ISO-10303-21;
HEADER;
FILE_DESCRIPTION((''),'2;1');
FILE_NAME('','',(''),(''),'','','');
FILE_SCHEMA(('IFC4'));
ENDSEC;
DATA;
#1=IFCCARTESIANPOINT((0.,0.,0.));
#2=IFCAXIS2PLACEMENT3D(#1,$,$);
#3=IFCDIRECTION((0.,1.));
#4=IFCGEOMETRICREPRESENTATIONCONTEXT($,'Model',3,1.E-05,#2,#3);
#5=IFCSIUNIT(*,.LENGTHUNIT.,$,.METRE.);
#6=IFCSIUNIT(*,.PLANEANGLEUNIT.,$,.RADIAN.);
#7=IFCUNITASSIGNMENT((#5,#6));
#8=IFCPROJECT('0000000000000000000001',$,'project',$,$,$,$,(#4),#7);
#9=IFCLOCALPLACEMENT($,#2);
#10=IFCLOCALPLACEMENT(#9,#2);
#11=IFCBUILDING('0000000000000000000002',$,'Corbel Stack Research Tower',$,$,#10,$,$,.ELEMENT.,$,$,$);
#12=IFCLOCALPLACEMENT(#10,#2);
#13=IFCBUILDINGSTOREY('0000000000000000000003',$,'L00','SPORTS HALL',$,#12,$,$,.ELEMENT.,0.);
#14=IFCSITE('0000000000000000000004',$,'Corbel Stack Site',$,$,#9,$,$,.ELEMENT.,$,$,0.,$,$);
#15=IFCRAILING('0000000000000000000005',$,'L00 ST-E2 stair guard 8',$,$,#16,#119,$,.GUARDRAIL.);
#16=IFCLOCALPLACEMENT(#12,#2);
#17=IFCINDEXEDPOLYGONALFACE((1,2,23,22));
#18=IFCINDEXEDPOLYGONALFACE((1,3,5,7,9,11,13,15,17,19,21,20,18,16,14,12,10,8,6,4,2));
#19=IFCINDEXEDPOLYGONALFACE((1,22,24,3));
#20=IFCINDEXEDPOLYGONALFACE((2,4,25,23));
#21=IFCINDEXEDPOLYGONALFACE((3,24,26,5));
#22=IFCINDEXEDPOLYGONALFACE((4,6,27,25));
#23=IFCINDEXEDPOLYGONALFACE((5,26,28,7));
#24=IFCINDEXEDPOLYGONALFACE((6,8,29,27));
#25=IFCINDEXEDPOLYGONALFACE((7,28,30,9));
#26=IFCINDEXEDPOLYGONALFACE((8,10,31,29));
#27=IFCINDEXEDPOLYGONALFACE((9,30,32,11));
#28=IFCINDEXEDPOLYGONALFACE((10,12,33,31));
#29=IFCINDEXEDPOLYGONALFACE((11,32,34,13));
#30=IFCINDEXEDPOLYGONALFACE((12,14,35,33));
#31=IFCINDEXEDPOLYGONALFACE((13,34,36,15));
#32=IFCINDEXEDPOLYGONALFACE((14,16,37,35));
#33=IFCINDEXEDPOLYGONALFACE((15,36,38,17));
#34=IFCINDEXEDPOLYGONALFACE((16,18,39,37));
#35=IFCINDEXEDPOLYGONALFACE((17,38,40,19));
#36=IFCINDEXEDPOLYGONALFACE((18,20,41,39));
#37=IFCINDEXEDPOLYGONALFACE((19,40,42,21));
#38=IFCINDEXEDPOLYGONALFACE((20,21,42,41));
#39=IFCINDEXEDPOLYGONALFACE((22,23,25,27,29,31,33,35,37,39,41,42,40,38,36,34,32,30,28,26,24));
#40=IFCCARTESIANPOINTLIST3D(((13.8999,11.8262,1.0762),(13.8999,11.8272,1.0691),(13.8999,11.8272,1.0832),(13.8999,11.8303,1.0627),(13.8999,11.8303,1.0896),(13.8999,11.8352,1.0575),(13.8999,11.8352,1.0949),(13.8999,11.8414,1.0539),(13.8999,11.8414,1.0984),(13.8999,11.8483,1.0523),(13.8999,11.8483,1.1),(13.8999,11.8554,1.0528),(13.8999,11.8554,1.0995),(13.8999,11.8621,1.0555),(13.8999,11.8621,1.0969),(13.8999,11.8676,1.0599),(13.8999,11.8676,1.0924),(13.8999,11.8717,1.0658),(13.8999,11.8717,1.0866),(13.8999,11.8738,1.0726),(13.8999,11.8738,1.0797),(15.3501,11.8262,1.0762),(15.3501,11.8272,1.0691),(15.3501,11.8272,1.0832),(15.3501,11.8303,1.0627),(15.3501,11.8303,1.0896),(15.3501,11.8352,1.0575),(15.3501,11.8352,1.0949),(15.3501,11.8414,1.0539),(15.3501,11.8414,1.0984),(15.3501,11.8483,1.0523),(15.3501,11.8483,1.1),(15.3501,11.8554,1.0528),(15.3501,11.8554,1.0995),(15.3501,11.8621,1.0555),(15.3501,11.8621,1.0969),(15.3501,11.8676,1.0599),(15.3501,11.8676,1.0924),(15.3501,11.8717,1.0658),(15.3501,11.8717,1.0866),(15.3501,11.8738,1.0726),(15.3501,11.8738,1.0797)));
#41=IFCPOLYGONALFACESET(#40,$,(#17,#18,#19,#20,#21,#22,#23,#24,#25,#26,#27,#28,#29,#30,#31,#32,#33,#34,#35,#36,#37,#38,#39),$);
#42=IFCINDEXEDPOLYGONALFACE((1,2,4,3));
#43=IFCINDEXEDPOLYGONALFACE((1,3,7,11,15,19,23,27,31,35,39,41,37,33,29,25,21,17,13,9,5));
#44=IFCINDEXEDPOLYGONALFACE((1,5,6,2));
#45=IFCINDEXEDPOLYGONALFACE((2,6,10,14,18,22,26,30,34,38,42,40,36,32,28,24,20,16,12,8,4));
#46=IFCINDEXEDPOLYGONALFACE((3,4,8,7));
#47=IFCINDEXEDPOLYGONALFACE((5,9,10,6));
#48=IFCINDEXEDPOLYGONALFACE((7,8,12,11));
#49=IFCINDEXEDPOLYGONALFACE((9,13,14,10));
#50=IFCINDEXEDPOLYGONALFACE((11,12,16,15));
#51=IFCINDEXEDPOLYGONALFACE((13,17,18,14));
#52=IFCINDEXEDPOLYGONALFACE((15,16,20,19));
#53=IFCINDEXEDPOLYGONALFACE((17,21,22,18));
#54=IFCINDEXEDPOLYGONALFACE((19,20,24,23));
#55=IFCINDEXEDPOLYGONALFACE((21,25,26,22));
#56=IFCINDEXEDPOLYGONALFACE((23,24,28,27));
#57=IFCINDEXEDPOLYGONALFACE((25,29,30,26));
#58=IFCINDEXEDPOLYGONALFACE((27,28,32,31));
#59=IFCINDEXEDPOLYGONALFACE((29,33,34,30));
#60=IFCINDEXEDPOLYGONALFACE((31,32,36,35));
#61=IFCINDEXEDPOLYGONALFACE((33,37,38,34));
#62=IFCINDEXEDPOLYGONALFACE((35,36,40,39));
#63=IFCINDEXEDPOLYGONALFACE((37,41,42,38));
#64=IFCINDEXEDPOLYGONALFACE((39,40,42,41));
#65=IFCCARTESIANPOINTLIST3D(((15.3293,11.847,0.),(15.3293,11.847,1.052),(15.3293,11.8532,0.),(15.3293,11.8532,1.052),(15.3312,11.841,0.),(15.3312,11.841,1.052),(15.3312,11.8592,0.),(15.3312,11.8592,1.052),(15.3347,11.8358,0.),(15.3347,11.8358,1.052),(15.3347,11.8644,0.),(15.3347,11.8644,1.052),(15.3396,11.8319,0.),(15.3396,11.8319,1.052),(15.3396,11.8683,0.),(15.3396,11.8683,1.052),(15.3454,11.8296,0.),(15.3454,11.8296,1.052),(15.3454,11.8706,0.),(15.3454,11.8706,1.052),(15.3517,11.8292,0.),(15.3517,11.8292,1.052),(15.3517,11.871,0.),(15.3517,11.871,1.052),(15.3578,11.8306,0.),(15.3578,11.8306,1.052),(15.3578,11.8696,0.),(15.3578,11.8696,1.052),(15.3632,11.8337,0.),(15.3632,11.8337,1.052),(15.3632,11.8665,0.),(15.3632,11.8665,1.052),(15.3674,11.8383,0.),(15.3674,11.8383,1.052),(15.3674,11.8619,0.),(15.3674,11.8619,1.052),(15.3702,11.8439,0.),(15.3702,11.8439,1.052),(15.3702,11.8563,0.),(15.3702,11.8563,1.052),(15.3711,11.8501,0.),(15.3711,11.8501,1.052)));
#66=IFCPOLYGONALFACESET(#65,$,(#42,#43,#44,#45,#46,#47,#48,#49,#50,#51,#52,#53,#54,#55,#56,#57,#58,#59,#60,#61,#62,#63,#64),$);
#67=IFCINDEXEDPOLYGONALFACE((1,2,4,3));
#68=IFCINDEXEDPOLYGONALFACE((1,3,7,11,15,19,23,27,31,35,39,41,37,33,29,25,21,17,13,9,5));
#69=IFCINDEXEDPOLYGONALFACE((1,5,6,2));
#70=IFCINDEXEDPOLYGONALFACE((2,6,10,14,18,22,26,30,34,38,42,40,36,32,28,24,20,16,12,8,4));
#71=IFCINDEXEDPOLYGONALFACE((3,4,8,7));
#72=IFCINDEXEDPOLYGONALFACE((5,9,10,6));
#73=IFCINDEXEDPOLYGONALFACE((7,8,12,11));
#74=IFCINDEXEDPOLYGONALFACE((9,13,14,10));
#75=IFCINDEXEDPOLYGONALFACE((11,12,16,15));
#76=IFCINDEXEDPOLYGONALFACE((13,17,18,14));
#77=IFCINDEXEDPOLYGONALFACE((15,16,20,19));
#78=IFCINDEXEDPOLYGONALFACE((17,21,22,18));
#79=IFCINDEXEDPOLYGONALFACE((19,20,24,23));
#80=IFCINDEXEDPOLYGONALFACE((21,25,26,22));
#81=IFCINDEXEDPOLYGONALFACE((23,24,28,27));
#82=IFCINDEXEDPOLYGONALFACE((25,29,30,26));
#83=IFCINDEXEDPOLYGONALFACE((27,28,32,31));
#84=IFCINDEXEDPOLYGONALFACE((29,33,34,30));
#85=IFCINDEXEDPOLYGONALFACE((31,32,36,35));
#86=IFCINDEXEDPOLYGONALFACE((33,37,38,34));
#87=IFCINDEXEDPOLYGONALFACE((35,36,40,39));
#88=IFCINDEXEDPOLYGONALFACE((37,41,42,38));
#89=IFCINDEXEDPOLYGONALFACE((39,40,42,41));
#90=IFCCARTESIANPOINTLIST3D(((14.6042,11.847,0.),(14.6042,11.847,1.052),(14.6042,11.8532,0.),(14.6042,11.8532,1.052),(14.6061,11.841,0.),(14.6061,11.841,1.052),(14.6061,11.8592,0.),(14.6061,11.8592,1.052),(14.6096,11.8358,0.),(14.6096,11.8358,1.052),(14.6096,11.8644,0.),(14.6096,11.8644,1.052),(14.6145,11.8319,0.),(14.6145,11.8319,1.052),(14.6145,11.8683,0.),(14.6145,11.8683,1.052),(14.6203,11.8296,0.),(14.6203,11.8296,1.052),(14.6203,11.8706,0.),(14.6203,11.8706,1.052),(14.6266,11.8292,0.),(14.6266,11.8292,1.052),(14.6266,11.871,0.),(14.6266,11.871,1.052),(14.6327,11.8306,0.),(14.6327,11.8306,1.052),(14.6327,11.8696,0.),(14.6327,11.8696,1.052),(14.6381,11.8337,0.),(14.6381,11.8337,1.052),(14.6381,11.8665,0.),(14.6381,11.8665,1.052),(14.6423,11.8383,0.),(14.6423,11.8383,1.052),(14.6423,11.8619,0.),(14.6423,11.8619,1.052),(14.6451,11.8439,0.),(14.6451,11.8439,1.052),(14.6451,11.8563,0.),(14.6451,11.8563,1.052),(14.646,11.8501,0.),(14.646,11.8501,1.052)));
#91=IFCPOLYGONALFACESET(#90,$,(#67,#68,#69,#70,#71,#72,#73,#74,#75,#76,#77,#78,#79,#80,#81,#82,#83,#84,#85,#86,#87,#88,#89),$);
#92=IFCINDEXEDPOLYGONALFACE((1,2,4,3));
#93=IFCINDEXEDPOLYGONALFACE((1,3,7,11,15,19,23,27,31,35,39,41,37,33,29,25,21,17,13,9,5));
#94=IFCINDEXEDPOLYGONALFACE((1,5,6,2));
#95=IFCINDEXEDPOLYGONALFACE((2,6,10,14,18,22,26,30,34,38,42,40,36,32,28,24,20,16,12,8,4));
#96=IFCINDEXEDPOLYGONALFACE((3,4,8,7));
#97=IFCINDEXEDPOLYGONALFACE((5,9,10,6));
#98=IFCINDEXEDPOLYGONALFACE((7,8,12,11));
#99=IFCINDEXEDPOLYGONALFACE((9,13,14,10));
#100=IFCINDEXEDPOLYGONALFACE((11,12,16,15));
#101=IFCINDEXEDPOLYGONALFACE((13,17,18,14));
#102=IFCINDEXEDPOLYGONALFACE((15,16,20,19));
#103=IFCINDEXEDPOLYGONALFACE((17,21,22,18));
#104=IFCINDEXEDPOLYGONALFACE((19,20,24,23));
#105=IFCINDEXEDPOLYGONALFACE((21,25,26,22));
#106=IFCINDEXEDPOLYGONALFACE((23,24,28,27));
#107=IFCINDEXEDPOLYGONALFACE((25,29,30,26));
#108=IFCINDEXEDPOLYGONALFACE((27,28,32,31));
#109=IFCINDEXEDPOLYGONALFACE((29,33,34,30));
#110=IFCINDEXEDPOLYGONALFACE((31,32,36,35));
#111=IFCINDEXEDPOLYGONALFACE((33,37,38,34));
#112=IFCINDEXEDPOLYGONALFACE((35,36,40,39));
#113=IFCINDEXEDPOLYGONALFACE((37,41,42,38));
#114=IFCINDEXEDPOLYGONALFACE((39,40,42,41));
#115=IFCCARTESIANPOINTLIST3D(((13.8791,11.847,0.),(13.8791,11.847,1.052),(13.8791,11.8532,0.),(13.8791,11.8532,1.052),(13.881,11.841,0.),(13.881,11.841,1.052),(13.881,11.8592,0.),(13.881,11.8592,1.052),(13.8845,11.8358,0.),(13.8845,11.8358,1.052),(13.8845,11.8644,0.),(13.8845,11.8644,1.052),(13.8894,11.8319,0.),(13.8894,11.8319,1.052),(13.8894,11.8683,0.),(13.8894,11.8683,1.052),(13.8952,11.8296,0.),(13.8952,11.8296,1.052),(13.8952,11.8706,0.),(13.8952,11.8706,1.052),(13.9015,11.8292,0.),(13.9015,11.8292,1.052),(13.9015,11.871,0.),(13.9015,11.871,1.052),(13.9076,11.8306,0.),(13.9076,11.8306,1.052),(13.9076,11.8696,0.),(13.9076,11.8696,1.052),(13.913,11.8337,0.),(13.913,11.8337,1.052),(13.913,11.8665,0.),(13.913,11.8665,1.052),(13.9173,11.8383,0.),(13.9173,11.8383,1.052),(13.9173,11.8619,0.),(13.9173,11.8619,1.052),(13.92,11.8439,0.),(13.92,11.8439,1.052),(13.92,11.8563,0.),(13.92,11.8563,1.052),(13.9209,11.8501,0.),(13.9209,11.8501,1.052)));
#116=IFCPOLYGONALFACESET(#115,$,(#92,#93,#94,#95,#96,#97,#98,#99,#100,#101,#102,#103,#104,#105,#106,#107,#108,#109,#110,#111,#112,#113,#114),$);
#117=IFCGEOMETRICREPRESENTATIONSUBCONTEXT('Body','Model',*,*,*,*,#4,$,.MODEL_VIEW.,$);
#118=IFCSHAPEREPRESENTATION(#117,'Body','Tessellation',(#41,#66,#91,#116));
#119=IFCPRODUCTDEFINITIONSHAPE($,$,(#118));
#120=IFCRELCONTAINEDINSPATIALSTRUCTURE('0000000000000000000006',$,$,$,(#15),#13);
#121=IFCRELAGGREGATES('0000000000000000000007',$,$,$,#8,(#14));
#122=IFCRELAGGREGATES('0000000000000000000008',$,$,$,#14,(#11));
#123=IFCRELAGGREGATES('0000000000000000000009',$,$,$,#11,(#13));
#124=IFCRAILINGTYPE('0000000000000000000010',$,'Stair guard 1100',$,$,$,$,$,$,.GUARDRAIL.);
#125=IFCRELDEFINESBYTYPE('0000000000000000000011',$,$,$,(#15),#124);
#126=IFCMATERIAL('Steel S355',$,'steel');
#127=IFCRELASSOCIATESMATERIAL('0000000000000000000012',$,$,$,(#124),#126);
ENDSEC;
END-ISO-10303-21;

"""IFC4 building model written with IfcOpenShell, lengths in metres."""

from ifc_helpers import new_model, si_unit, direction, frame, origin, origin_2d, place, context, subcontext, project, spatial, circle, extrude, material, type_object, element, save


model = new_model("IFC4")

# Units and contexts
model_context = context("Model", 3, precision=1e-05, world=origin(), true_north=direction((0.0, 1.0)))
body_context = subcontext(model_context, "Body", "Model", "MODEL_VIEW")
ifc_project = project(units=[si_unit("LENGTHUNIT", "METRE"), si_unit("PLANEANGLEUNIT", "RADIAN")], contexts=[model_context])

# Site, building, storey
site_placement = place(None, origin())
site = spatial("IfcSite", under=ifc_project, at=site_placement, Name="Corbel Stack Site", CompositionType="ELEMENT", RefElevation=0.0)
building_placement = place(site_placement, origin())
building = spatial("IfcBuilding", under=site, at=building_placement, Name="Corbel Stack Research Tower", CompositionType="ELEMENT")
storey_placement = place(building_placement, origin())
storey = spatial("IfcBuildingStorey", under=building, at=storey_placement, Name="L00", Description="SPORTS HALL", CompositionType="ELEMENT", Elevation=0.0)

# Railing
ifc_material_1 = material(Name="Steel S355", Category="steel")
railing_type_1 = type_object("IfcRailingType", Name="Stair guard 1100", PredefinedType="GUARDRAIL", material=ifc_material_1)
railing_1_placement = place(storey_placement, frame((15.3501, 11.8501, 0.0)))
element("IfcRailing", 1, at=railing_1_placement, inside=storey, type_object=railing_type_1, Name="L00 ST-E2 stair guard 8", PredefinedType="GUARDRAIL", context=body_context, shape_type="SweptSolid", body=[
    extrude(circle(Radius=0.0239, at=origin_2d()), frame((0.0, 0.0, 1.0762), z_axis=(-1.0, 0.0, 0.0), x_axis=(0.0, -1.0, 0.0)), (0.0, 0.0, 1.0), 1.4502),
    extrude(circle(Radius=0.021, at=origin_2d()), origin(), (0.0, 0.0, 1.0), 1.052),
    extrude(circle(Radius=0.021, at=origin_2d()), frame((-0.7251, 0.0, 0.0)), (0.0, 0.0, 1.0), 1.052),
    extrude(circle(Radius=0.021, at=origin_2d()), frame((-1.4502, 0.0, 0.0)), (0.0, 0.0, 1.0), 1.052),
])

save(model, "model.ifc")
